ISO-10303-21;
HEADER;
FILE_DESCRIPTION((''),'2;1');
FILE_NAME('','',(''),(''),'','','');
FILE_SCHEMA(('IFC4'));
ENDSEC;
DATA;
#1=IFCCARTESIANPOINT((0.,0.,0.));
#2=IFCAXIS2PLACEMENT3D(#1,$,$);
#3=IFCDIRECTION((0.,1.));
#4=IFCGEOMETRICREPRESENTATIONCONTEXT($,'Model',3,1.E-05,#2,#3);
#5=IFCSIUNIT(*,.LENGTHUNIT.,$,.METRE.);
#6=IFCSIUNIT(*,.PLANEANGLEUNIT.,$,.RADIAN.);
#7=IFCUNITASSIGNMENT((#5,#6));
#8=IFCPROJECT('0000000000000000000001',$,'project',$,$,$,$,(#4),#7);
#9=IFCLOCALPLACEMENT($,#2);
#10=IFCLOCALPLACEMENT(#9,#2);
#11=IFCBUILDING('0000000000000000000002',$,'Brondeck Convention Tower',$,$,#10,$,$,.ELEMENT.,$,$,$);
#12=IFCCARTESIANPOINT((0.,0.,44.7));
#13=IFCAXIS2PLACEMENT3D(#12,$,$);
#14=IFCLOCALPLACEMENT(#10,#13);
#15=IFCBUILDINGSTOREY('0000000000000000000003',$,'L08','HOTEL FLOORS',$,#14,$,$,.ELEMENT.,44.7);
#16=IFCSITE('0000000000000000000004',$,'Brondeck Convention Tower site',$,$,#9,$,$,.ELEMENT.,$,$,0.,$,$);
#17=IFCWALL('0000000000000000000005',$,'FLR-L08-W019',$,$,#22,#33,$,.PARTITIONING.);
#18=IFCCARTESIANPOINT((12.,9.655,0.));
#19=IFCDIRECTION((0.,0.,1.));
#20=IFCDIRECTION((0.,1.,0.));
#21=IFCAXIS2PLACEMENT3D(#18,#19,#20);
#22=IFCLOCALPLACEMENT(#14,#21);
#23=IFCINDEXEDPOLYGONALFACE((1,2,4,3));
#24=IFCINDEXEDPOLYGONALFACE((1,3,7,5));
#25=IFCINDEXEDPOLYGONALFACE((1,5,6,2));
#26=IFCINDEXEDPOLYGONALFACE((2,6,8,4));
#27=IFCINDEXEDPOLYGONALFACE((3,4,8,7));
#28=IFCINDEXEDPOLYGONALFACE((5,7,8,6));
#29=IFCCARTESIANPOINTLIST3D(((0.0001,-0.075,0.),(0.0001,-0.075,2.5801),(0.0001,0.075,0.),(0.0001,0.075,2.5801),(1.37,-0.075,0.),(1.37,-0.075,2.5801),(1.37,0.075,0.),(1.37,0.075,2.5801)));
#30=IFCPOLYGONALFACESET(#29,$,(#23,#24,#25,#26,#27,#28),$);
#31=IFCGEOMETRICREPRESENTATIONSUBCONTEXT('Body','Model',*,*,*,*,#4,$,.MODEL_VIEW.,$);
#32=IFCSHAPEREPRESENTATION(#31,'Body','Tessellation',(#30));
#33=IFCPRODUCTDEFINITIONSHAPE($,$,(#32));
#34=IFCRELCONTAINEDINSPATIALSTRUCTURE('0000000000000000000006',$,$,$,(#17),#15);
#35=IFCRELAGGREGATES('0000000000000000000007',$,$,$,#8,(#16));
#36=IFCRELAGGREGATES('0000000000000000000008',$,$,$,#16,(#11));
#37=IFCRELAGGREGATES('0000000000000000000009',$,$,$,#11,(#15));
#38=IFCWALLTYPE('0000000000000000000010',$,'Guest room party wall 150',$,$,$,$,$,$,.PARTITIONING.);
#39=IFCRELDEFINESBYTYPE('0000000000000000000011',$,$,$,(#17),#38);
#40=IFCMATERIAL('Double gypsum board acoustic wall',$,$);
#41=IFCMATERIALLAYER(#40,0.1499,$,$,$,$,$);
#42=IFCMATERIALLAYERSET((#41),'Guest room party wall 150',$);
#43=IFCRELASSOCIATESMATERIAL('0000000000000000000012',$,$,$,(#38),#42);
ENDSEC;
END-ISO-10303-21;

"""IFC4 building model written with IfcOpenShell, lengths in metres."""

from ifc_helpers import new_model, si_unit, direction, frame, frame_2d, origin, place, context, subcontext, project, spatial, rectangle, extrude, material, layer, layer_set, type_object, element, save


model = new_model("IFC4")

# Units and contexts
model_context = context("Model", 3, precision=1e-05, world=origin(), true_north=direction((0.0, 1.0)))
body_context = subcontext(model_context, "Body", "Model", "MODEL_VIEW")
ifc_project = project(units=[si_unit("LENGTHUNIT", "METRE"), si_unit("PLANEANGLEUNIT", "RADIAN")], contexts=[model_context])

# Site, building, storey
site_placement = place(None, origin())
site = spatial("IfcSite", under=ifc_project, at=site_placement, Name="Brondeck Convention Tower site", CompositionType="ELEMENT", RefElevation=0.0)
building_placement = place(site_placement, origin())
building = spatial("IfcBuilding", under=site, at=building_placement, Name="Brondeck Convention Tower", CompositionType="ELEMENT")
storey_placement = place(building_placement, frame((0.0, 0.0, 44.7)))
storey = spatial("IfcBuildingStorey", under=building, at=storey_placement, Name="L08", Description="HOTEL FLOORS", CompositionType="ELEMENT", Elevation=44.7)

# Wall
ifc_material_1 = material(Name="Double gypsum board acoustic wall")
ifc_layer_1 = layer(ifc_material_1, 0.1499)
ifc_layer_set_1 = layer_set([ifc_layer_1], Name="Guest room party wall 150")
wall_type_1 = type_object("IfcWallType", Name="Guest room party wall 150", PredefinedType="PARTITIONING", material=ifc_layer_set_1)
wall_1_placement = place(storey_placement, frame((12.0, 9.655, 0.0), z_axis=(0.0, 0.0, 1.0), x_axis=(0.0, 1.0, 0.0)))
element("IfcWall", 1, at=wall_1_placement, inside=storey, type_object=wall_type_1, Name="FLR-L08-W019", PredefinedType="PARTITIONING", context=body_context, shape_type="SweptSolid", body=[
    extrude(rectangle(XDim=1.3699, YDim=0.1499, at=frame_2d((0.6851, 0.0))), origin(), (0.0, 0.0, 1.0), 2.5801),
])

save(model, "model.ifc")
